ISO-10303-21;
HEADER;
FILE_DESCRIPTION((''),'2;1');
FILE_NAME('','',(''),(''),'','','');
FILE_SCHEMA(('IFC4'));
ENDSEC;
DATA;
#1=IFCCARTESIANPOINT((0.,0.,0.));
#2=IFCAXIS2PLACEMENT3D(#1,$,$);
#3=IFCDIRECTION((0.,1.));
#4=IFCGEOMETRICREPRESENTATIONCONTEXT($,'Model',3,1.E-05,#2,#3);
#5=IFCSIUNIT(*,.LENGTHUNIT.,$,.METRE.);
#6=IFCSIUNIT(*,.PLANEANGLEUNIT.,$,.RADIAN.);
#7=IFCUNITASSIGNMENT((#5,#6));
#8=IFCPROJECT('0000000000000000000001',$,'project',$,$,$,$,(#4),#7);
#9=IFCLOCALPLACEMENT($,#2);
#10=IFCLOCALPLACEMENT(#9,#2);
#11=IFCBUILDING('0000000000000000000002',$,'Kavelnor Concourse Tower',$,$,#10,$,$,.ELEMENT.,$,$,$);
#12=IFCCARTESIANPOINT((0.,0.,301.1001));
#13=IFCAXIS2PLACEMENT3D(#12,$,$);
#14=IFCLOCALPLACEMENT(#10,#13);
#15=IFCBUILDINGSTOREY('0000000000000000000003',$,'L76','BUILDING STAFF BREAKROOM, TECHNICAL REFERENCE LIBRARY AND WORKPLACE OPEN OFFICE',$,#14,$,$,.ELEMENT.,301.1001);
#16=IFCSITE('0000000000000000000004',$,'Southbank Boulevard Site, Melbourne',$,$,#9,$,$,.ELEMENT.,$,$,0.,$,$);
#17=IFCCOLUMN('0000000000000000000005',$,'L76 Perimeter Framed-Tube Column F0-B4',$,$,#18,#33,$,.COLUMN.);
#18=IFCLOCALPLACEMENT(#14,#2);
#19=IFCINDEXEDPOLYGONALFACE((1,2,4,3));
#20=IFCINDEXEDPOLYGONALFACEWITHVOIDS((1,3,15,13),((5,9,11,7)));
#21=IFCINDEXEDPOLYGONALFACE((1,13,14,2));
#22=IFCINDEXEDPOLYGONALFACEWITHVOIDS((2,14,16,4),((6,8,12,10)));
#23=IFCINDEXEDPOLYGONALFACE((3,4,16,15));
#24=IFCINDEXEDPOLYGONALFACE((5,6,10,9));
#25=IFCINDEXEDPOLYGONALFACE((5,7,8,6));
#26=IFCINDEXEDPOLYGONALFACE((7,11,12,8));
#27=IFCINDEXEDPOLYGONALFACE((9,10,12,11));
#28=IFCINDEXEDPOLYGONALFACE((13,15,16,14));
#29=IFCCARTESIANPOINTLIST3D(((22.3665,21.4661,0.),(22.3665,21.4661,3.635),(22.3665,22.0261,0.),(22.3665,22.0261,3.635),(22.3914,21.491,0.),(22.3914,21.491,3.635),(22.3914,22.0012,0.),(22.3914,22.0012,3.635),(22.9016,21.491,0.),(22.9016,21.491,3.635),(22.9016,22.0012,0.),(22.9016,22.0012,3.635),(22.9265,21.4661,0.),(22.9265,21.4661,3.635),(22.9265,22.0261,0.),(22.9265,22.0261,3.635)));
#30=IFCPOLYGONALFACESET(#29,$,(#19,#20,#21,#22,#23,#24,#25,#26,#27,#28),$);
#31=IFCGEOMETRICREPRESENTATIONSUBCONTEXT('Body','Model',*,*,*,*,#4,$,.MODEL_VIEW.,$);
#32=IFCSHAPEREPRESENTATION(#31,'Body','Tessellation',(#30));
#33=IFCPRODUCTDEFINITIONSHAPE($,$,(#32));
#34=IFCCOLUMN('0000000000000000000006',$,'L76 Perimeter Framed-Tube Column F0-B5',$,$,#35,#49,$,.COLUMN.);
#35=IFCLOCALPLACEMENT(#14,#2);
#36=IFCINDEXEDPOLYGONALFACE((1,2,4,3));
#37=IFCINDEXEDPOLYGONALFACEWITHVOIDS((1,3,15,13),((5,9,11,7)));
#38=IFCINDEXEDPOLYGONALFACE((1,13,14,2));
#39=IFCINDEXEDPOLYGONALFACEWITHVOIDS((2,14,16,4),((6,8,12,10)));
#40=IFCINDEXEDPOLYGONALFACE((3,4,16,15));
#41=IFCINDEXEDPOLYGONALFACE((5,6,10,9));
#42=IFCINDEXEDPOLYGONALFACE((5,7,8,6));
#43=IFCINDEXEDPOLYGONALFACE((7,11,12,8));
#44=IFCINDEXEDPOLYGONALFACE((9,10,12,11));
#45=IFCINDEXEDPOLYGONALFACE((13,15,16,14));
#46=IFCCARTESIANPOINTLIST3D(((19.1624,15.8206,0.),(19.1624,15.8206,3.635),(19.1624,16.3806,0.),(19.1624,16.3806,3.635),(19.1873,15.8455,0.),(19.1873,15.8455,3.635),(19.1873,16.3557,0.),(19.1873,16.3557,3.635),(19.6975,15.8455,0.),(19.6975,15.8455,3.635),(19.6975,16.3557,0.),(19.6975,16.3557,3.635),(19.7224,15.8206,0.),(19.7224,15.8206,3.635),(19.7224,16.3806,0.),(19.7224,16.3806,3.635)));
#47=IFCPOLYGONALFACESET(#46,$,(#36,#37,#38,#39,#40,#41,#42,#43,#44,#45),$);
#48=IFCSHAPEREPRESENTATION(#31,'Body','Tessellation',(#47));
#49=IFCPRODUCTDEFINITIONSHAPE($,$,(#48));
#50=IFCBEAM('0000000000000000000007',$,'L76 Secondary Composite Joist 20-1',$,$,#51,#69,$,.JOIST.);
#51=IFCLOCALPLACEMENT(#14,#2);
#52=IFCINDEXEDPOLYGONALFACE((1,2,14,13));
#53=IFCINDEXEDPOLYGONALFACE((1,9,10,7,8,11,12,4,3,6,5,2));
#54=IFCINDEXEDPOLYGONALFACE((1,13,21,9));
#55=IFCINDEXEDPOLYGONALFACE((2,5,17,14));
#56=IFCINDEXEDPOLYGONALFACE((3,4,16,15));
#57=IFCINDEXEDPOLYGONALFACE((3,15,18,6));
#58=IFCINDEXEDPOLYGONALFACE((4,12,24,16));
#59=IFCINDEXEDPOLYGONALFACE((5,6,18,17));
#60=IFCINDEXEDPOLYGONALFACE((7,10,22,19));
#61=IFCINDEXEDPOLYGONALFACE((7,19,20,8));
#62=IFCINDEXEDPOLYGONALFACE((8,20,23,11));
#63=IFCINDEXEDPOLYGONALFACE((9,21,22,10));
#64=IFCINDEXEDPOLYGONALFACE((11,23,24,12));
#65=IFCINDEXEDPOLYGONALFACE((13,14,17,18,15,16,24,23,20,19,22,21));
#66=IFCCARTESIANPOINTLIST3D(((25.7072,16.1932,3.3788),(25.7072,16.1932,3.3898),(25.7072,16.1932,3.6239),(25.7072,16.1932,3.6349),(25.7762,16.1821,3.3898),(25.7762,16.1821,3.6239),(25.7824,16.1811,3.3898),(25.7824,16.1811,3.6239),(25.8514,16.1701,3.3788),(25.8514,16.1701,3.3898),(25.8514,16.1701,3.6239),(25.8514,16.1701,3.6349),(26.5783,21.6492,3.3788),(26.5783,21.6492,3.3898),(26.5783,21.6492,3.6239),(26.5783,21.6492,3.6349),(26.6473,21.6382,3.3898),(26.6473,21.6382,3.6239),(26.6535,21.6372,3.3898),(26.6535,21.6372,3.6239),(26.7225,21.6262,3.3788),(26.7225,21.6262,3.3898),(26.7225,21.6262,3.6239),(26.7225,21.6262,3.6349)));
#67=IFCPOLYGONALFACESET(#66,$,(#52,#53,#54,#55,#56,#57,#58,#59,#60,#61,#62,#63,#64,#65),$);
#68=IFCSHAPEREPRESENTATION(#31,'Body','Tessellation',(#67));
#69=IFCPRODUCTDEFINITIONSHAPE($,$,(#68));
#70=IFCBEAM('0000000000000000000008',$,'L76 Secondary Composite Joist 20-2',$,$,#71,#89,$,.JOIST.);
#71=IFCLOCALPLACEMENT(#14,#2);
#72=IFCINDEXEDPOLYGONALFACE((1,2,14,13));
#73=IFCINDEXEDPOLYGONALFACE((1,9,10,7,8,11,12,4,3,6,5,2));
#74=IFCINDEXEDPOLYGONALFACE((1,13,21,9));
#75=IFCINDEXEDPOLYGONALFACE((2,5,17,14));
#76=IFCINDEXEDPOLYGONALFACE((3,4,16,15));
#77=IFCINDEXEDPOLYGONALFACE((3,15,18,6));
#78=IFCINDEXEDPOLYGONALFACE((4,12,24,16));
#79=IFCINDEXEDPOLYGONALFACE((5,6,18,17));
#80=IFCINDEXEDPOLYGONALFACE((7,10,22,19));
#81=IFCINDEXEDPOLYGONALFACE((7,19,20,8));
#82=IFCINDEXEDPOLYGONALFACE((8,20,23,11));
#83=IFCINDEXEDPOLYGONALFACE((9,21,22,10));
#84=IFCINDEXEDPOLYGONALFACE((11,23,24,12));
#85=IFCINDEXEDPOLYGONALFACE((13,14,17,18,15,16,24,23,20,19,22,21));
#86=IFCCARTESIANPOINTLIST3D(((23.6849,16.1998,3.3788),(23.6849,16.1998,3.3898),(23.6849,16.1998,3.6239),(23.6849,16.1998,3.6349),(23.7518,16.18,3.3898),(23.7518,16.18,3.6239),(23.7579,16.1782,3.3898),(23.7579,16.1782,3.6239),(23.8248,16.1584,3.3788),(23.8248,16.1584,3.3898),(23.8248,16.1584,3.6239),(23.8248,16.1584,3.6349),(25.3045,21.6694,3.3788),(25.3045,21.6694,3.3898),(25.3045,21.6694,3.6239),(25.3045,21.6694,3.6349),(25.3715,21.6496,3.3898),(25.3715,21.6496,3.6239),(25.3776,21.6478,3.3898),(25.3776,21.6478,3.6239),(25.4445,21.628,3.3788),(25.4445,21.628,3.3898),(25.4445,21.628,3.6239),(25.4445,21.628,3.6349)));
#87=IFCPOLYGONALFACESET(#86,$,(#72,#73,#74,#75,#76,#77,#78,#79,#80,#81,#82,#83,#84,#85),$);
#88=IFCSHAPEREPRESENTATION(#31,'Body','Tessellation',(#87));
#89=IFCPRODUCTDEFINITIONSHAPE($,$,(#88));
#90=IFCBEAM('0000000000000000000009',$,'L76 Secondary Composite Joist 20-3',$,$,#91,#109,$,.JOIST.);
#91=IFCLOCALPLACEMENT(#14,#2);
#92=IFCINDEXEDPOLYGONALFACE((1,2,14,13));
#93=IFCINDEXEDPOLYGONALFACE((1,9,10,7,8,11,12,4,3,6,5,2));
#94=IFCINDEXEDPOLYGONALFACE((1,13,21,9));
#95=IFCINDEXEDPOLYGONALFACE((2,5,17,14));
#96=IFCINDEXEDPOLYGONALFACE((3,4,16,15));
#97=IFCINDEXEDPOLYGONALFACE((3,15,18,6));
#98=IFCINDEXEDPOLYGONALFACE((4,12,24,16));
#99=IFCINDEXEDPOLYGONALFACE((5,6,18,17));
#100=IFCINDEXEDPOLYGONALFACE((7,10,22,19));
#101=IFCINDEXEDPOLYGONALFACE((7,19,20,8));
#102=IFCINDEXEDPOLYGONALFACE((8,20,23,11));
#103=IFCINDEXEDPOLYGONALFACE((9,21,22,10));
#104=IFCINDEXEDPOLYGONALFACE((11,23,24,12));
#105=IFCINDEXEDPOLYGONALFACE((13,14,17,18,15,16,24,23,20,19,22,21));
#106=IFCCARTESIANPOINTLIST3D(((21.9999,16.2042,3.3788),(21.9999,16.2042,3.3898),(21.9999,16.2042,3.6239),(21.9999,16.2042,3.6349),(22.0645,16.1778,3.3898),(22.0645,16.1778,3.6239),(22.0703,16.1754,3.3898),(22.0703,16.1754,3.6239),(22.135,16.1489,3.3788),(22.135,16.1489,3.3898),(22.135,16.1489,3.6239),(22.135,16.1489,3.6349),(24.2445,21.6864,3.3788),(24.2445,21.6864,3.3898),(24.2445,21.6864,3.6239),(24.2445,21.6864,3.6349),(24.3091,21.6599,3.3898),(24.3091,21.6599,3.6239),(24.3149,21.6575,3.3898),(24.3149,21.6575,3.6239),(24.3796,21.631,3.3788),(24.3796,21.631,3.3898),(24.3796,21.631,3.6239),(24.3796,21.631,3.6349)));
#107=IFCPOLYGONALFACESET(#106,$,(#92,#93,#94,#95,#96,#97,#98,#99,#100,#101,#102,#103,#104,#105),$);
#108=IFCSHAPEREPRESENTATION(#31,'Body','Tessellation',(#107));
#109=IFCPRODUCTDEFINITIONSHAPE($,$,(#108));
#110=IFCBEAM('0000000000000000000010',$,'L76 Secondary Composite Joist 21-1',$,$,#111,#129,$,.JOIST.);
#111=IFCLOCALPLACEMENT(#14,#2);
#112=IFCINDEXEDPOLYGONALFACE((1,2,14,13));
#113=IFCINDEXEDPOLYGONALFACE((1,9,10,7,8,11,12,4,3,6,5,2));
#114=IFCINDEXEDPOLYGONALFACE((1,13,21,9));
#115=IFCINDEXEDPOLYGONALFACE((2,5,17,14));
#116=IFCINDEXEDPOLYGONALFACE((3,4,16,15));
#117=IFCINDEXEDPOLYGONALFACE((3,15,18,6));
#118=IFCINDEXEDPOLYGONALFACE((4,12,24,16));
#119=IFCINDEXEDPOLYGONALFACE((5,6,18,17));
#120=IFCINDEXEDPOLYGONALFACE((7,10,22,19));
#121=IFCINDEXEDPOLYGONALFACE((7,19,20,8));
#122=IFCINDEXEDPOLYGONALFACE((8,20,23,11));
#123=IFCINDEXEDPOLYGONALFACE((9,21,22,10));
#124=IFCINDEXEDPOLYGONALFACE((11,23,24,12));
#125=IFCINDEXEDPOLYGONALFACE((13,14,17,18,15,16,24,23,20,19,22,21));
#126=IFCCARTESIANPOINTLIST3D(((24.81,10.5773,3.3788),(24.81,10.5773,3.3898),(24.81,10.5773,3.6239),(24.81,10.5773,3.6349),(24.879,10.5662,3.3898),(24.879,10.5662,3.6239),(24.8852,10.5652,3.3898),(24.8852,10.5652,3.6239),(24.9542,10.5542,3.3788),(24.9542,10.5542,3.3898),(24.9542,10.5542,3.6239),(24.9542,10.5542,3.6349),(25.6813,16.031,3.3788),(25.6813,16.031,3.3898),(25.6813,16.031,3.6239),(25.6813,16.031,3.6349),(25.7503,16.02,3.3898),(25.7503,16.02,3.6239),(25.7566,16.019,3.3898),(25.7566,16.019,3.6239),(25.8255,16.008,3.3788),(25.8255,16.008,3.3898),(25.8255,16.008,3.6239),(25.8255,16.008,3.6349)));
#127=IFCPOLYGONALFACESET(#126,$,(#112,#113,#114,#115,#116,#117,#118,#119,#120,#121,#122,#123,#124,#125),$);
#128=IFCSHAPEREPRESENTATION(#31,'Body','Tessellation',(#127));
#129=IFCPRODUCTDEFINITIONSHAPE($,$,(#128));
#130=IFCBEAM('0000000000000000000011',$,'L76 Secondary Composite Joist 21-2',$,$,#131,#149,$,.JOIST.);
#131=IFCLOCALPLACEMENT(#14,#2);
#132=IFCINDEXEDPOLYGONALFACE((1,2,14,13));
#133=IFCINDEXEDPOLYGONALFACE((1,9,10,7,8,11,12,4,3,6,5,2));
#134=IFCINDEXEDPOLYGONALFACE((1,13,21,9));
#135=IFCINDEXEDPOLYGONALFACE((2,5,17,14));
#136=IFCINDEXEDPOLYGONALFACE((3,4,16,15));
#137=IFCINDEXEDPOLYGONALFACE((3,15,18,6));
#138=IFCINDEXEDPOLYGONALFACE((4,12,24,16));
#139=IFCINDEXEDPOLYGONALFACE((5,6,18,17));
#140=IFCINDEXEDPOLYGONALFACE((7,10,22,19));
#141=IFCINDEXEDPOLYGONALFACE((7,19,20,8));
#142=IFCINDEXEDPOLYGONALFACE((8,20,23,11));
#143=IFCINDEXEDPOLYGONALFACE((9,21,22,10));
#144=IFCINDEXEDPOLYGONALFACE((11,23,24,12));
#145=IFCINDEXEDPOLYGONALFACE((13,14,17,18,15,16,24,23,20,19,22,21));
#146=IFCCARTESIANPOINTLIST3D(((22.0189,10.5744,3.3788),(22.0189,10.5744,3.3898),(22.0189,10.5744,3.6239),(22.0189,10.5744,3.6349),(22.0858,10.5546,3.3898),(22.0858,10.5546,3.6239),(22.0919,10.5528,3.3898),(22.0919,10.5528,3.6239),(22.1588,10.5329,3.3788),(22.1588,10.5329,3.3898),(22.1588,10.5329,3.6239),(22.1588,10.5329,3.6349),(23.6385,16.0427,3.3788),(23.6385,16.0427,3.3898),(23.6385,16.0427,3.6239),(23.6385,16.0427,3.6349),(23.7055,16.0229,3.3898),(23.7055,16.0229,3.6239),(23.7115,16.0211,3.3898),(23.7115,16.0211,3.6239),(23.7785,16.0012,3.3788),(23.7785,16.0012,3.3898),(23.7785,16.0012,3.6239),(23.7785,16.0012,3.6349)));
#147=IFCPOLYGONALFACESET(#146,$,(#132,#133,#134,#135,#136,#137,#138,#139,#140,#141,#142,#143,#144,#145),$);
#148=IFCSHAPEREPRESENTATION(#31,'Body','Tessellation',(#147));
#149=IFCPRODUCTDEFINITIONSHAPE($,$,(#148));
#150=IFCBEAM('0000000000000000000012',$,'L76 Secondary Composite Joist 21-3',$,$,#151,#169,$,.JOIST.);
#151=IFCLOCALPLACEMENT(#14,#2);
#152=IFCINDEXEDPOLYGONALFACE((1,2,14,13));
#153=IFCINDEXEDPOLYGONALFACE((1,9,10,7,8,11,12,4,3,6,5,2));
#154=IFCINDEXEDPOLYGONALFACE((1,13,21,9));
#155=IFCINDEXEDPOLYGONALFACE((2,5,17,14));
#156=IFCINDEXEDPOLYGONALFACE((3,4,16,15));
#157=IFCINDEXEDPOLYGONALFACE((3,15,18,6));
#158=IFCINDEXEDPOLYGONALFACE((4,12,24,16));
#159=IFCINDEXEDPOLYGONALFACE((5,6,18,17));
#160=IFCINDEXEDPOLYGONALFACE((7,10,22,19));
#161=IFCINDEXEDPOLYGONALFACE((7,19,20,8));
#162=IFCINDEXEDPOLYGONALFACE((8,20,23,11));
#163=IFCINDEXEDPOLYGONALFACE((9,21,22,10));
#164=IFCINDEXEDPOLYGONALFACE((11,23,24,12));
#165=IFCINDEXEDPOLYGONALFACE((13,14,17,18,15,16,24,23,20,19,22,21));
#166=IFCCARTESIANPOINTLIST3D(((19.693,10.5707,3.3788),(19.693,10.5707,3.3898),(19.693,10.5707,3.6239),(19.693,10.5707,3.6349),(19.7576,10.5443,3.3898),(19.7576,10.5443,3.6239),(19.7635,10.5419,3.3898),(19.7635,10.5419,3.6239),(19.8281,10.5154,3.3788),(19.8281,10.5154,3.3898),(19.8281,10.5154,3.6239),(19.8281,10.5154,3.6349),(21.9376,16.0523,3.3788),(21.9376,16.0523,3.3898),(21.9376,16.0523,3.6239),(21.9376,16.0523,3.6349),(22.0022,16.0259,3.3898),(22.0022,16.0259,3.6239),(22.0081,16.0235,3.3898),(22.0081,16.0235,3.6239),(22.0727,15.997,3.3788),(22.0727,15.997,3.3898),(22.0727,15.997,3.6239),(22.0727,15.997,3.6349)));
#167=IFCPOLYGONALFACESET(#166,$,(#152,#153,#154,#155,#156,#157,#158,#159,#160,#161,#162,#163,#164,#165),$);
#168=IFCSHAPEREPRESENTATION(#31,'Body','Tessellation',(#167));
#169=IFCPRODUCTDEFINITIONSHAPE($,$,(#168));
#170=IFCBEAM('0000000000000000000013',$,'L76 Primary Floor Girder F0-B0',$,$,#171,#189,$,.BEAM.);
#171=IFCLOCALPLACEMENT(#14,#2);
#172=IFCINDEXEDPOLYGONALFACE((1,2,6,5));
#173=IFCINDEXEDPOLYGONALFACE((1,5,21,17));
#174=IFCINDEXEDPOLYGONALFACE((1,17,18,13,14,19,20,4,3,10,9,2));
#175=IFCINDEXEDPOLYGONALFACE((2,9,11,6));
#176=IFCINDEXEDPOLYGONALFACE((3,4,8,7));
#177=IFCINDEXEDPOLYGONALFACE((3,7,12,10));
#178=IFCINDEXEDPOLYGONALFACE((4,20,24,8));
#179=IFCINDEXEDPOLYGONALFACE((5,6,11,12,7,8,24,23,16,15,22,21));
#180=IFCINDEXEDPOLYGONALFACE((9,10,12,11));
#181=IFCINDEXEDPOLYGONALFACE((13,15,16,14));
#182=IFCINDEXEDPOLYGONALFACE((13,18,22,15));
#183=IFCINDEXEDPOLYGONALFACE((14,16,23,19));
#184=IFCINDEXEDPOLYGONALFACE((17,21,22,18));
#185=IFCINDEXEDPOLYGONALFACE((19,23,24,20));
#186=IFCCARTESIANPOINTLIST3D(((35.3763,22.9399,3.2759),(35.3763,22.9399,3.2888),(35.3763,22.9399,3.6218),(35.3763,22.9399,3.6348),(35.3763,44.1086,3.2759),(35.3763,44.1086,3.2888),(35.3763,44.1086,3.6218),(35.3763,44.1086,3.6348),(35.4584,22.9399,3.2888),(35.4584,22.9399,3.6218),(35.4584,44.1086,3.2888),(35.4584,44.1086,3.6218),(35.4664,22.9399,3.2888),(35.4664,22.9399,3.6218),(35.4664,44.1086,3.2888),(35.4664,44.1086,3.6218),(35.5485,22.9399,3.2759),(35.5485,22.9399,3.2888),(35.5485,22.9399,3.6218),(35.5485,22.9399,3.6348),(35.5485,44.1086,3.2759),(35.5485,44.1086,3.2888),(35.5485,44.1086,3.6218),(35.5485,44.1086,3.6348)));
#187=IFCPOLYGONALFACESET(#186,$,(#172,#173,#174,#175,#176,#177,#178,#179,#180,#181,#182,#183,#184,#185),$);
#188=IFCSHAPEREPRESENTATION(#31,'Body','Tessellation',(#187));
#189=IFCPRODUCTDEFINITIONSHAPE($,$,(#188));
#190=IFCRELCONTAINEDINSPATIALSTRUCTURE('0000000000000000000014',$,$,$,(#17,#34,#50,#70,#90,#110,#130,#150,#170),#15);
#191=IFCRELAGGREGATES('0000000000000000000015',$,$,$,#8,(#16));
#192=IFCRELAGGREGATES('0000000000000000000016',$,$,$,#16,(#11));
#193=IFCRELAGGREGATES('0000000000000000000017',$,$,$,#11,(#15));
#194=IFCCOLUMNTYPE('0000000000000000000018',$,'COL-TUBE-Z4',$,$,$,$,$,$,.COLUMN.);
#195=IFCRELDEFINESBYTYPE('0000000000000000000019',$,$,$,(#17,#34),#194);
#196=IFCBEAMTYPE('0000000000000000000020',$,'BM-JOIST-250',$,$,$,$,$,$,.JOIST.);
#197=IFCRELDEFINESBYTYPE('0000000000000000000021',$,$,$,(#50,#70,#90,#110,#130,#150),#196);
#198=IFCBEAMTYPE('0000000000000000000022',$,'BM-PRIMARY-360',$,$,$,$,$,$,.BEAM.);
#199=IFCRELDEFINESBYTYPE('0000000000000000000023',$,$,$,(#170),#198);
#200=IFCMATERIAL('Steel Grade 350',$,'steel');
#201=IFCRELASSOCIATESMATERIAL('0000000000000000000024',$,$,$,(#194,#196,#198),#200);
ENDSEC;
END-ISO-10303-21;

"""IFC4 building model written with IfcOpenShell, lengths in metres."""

from ifc_helpers import new_model, si_unit, direction, frame, origin, origin_2d, place, context, subcontext, project, spatial, hollow_rectangle, i_section, extrude, material, material_profile, profile_set, type_object, element, save


model = new_model("IFC4")

# Units and contexts
model_context = context("Model", 3, precision=1e-05, world=origin(), true_north=direction((0.0, 1.0)))
body_context = subcontext(model_context, "Body", "Model", "MODEL_VIEW")
ifc_project = project(units=[si_unit("LENGTHUNIT", "METRE"), si_unit("PLANEANGLEUNIT", "RADIAN")], contexts=[model_context])

# Site, building, storey
site_placement = place(None, origin())
site = spatial("IfcSite", under=ifc_project, at=site_placement, Name="Southbank Boulevard Site, Melbourne", CompositionType="ELEMENT", RefElevation=0.0)
building_placement = place(site_placement, origin())
building = spatial("IfcBuilding", under=site, at=building_placement, Name="Kavelnor Concourse Tower", CompositionType="ELEMENT")
storey_placement = place(building_placement, frame((0.0, 0.0, 301.1001)))
storey = spatial("IfcBuildingStorey", under=building, at=storey_placement, Name="L76", Description="BUILDING STAFF BREAKROOM, TECHNICAL REFERENCE LIBRARY AND WORKPLACE OPEN OFFICE", CompositionType="ELEMENT", Elevation=301.1001)

# Columns
ifc_material_1 = material(Name="Steel Grade 350", Category="steel")
ifc_material_profile_1 = material_profile(ifc_material_1, hollow_rectangle(XDim=0.5601, YDim=0.5601, WallThickness=0.0249, at=origin_2d()), Name="SHS 560x560x25")
ifc_profile_set_1 = profile_set([ifc_material_profile_1], Name="Steel Grade 350")
column_type = type_object("IfcColumnType", Name="COL-TUBE-Z4", PredefinedType="COLUMN", material=ifc_profile_set_1)
for number, where, z_axis, x_axis, name in (
    (1, (22.6465, 21.7461, 0.0), (0.0, 0.0, 1.0), (1.0, 0.0, 0.0), "L76 Perimeter Framed-Tube Column F0-B4"),
    (2, (19.4424, 16.1006, 0.0), (0.0, 0.0, 1.0), (1.0, 0.0, 0.0), "L76 Perimeter Framed-Tube Column F0-B5"),
):
    element("IfcColumn", number, at=place(storey_placement, frame(where, z_axis=z_axis, x_axis=x_axis)), inside=storey, type_object=column_type, Name=name, PredefinedType="COLUMN", context=body_context, shape_type="SweptSolid", body=[
        extrude(hollow_rectangle(XDim=0.5601, YDim=0.5601, WallThickness=0.0249, at=origin_2d()), origin(), (0.0, 0.0, 1.0), 3.635),
    ])

# Beams
ifc_material_profile_2 = material_profile(ifc_material_1, i_section(OverallWidth=0.146, OverallDepth=0.2561, WebThickness=0.0063, FlangeThickness=0.011, at=origin_2d()), Name="250UB37")
ifc_profile_set_2 = profile_set([ifc_material_profile_2], Name="Steel Grade 350")
beam_type_1 = type_object("IfcBeamType", Name="BM-JOIST-250", PredefinedType="JOIST", material=ifc_profile_set_2)
beam_1_placement = place(storey_placement, frame((26.6504, 21.6377, 3.5068), z_axis=(-0.15766, -0.987494, 0.0), x_axis=(0.987494, -0.15766, 0.0)))
element("IfcBeam", 3, at=beam_1_placement, inside=storey, type_object=beam_type_1, Name="L76 Secondary Composite Joist 20-1", PredefinedType="JOIST", context=body_context, shape_type="SweptSolid", body=[
    extrude(i_section(OverallWidth=0.146, OverallDepth=0.2561, WebThickness=0.0063, FlangeThickness=0.011, at=origin_2d()), origin(), (0.0, 0.0, 1.0), 5.5251),
])
beam_2_placement = place(storey_placement, frame((25.3745, 21.6487, 3.5068), z_axis=(-0.283934, -0.958844, 0.0), x_axis=(0.958844, -0.283934, 0.0)))
element("IfcBeam", 4, at=beam_2_placement, inside=storey, type_object=beam_type_1, Name="L76 Secondary Composite Joist 20-2", PredefinedType="JOIST", context=body_context, shape_type="SweptSolid", body=[
    extrude(i_section(OverallWidth=0.146, OverallDepth=0.2561, WebThickness=0.0063, FlangeThickness=0.011, at=origin_2d()), origin(), (0.0, 0.0, 1.0), 5.7043),
])
beam_3_placement = place(storey_placement, frame((24.312, 21.6587, 3.5068), z_axis=(-0.37891, -0.925433, 0.0), x_axis=(0.925433, -0.37891, 0.0)))
element("IfcBeam", 5, at=beam_3_placement, inside=storey, type_object=beam_type_1, Name="L76 Secondary Composite Joist 20-3", PredefinedType="JOIST", context=body_context, shape_type="SweptSolid", body=[
    extrude(i_section(OverallWidth=0.146, OverallDepth=0.2561, WebThickness=0.0063, FlangeThickness=0.011, at=origin_2d()), origin(), (0.0, 0.0, 1.0), 5.9238),
])
beam_4_placement = place(storey_placement, frame((25.7534, 16.0195, 3.5068), z_axis=(-0.157765, -0.987477, 0.0), x_axis=(0.987477, -0.157765, 0.0)))
element("IfcBeam", 6, at=beam_4_placement, inside=storey, type_object=beam_type_1, Name="L76 Secondary Composite Joist 21-1", PredefinedType="JOIST", context=body_context, shape_type="SweptSolid", body=[
    extrude(i_section(OverallWidth=0.146, OverallDepth=0.2561, WebThickness=0.0063, FlangeThickness=0.011, at=origin_2d()), origin(), (0.0, 0.0, 1.0), 5.5229),
])
beam_5_placement = place(storey_placement, frame((23.7085, 16.022, 3.5068), z_axis=(-0.283992, -0.958827, 0.0), x_axis=(0.958827, -0.283992, 0.0)))
element("IfcBeam", 7, at=beam_5_placement, inside=storey, type_object=beam_type_1, Name="L76 Secondary Composite Joist 21-2", PredefinedType="JOIST", context=body_context, shape_type="SweptSolid", body=[
    extrude(i_section(OverallWidth=0.146, OverallDepth=0.2561, WebThickness=0.0063, FlangeThickness=0.011, at=origin_2d()), origin(), (0.0, 0.0, 1.0), 5.7031),
])
beam_6_placement = place(storey_placement, frame((22.0051, 16.0247, 3.5068), z_axis=(-0.378939, -0.925422, 0.0), x_axis=(0.925422, -0.378939, 0.0)))
element("IfcBeam", 8, at=beam_6_placement, inside=storey, type_object=beam_type_1, Name="L76 Secondary Composite Joist 21-3", PredefinedType="JOIST", context=body_context, shape_type="SweptSolid", body=[
    extrude(i_section(OverallWidth=0.146, OverallDepth=0.2561, WebThickness=0.0063, FlangeThickness=0.011, at=origin_2d()), origin(), (0.0, 0.0, 1.0), 5.9233),
])
ifc_material_profile_3 = material_profile(ifc_material_1, i_section(OverallWidth=0.1721, OverallDepth=0.3589, WebThickness=0.0081, FlangeThickness=0.0129, at=origin_2d()), Name="360UB56")
ifc_profile_set_3 = profile_set([ifc_material_profile_3], Name="Steel Grade 350")
beam_type_2 = type_object("IfcBeamType", Name="BM-PRIMARY-360", PredefinedType="BEAM", material=ifc_profile_set_3)
beam_7_placement = place(storey_placement, frame((35.4624, 22.9399, 3.4553), z_axis=(0.0, 1.0, 0.0), x_axis=(-1.0, 0.0, 0.0)))
element("IfcBeam", 9, at=beam_7_placement, inside=storey, type_object=beam_type_2, Name="L76 Primary Floor Girder F0-B0", PredefinedType="BEAM", context=body_context, shape_type="SweptSolid", body=[
    extrude(i_section(OverallWidth=0.1721, OverallDepth=0.3589, WebThickness=0.0081, FlangeThickness=0.0129, at=origin_2d()), origin(), (0.0, 0.0, 1.0), 21.1687),
])

save(model, "model.ifc")
